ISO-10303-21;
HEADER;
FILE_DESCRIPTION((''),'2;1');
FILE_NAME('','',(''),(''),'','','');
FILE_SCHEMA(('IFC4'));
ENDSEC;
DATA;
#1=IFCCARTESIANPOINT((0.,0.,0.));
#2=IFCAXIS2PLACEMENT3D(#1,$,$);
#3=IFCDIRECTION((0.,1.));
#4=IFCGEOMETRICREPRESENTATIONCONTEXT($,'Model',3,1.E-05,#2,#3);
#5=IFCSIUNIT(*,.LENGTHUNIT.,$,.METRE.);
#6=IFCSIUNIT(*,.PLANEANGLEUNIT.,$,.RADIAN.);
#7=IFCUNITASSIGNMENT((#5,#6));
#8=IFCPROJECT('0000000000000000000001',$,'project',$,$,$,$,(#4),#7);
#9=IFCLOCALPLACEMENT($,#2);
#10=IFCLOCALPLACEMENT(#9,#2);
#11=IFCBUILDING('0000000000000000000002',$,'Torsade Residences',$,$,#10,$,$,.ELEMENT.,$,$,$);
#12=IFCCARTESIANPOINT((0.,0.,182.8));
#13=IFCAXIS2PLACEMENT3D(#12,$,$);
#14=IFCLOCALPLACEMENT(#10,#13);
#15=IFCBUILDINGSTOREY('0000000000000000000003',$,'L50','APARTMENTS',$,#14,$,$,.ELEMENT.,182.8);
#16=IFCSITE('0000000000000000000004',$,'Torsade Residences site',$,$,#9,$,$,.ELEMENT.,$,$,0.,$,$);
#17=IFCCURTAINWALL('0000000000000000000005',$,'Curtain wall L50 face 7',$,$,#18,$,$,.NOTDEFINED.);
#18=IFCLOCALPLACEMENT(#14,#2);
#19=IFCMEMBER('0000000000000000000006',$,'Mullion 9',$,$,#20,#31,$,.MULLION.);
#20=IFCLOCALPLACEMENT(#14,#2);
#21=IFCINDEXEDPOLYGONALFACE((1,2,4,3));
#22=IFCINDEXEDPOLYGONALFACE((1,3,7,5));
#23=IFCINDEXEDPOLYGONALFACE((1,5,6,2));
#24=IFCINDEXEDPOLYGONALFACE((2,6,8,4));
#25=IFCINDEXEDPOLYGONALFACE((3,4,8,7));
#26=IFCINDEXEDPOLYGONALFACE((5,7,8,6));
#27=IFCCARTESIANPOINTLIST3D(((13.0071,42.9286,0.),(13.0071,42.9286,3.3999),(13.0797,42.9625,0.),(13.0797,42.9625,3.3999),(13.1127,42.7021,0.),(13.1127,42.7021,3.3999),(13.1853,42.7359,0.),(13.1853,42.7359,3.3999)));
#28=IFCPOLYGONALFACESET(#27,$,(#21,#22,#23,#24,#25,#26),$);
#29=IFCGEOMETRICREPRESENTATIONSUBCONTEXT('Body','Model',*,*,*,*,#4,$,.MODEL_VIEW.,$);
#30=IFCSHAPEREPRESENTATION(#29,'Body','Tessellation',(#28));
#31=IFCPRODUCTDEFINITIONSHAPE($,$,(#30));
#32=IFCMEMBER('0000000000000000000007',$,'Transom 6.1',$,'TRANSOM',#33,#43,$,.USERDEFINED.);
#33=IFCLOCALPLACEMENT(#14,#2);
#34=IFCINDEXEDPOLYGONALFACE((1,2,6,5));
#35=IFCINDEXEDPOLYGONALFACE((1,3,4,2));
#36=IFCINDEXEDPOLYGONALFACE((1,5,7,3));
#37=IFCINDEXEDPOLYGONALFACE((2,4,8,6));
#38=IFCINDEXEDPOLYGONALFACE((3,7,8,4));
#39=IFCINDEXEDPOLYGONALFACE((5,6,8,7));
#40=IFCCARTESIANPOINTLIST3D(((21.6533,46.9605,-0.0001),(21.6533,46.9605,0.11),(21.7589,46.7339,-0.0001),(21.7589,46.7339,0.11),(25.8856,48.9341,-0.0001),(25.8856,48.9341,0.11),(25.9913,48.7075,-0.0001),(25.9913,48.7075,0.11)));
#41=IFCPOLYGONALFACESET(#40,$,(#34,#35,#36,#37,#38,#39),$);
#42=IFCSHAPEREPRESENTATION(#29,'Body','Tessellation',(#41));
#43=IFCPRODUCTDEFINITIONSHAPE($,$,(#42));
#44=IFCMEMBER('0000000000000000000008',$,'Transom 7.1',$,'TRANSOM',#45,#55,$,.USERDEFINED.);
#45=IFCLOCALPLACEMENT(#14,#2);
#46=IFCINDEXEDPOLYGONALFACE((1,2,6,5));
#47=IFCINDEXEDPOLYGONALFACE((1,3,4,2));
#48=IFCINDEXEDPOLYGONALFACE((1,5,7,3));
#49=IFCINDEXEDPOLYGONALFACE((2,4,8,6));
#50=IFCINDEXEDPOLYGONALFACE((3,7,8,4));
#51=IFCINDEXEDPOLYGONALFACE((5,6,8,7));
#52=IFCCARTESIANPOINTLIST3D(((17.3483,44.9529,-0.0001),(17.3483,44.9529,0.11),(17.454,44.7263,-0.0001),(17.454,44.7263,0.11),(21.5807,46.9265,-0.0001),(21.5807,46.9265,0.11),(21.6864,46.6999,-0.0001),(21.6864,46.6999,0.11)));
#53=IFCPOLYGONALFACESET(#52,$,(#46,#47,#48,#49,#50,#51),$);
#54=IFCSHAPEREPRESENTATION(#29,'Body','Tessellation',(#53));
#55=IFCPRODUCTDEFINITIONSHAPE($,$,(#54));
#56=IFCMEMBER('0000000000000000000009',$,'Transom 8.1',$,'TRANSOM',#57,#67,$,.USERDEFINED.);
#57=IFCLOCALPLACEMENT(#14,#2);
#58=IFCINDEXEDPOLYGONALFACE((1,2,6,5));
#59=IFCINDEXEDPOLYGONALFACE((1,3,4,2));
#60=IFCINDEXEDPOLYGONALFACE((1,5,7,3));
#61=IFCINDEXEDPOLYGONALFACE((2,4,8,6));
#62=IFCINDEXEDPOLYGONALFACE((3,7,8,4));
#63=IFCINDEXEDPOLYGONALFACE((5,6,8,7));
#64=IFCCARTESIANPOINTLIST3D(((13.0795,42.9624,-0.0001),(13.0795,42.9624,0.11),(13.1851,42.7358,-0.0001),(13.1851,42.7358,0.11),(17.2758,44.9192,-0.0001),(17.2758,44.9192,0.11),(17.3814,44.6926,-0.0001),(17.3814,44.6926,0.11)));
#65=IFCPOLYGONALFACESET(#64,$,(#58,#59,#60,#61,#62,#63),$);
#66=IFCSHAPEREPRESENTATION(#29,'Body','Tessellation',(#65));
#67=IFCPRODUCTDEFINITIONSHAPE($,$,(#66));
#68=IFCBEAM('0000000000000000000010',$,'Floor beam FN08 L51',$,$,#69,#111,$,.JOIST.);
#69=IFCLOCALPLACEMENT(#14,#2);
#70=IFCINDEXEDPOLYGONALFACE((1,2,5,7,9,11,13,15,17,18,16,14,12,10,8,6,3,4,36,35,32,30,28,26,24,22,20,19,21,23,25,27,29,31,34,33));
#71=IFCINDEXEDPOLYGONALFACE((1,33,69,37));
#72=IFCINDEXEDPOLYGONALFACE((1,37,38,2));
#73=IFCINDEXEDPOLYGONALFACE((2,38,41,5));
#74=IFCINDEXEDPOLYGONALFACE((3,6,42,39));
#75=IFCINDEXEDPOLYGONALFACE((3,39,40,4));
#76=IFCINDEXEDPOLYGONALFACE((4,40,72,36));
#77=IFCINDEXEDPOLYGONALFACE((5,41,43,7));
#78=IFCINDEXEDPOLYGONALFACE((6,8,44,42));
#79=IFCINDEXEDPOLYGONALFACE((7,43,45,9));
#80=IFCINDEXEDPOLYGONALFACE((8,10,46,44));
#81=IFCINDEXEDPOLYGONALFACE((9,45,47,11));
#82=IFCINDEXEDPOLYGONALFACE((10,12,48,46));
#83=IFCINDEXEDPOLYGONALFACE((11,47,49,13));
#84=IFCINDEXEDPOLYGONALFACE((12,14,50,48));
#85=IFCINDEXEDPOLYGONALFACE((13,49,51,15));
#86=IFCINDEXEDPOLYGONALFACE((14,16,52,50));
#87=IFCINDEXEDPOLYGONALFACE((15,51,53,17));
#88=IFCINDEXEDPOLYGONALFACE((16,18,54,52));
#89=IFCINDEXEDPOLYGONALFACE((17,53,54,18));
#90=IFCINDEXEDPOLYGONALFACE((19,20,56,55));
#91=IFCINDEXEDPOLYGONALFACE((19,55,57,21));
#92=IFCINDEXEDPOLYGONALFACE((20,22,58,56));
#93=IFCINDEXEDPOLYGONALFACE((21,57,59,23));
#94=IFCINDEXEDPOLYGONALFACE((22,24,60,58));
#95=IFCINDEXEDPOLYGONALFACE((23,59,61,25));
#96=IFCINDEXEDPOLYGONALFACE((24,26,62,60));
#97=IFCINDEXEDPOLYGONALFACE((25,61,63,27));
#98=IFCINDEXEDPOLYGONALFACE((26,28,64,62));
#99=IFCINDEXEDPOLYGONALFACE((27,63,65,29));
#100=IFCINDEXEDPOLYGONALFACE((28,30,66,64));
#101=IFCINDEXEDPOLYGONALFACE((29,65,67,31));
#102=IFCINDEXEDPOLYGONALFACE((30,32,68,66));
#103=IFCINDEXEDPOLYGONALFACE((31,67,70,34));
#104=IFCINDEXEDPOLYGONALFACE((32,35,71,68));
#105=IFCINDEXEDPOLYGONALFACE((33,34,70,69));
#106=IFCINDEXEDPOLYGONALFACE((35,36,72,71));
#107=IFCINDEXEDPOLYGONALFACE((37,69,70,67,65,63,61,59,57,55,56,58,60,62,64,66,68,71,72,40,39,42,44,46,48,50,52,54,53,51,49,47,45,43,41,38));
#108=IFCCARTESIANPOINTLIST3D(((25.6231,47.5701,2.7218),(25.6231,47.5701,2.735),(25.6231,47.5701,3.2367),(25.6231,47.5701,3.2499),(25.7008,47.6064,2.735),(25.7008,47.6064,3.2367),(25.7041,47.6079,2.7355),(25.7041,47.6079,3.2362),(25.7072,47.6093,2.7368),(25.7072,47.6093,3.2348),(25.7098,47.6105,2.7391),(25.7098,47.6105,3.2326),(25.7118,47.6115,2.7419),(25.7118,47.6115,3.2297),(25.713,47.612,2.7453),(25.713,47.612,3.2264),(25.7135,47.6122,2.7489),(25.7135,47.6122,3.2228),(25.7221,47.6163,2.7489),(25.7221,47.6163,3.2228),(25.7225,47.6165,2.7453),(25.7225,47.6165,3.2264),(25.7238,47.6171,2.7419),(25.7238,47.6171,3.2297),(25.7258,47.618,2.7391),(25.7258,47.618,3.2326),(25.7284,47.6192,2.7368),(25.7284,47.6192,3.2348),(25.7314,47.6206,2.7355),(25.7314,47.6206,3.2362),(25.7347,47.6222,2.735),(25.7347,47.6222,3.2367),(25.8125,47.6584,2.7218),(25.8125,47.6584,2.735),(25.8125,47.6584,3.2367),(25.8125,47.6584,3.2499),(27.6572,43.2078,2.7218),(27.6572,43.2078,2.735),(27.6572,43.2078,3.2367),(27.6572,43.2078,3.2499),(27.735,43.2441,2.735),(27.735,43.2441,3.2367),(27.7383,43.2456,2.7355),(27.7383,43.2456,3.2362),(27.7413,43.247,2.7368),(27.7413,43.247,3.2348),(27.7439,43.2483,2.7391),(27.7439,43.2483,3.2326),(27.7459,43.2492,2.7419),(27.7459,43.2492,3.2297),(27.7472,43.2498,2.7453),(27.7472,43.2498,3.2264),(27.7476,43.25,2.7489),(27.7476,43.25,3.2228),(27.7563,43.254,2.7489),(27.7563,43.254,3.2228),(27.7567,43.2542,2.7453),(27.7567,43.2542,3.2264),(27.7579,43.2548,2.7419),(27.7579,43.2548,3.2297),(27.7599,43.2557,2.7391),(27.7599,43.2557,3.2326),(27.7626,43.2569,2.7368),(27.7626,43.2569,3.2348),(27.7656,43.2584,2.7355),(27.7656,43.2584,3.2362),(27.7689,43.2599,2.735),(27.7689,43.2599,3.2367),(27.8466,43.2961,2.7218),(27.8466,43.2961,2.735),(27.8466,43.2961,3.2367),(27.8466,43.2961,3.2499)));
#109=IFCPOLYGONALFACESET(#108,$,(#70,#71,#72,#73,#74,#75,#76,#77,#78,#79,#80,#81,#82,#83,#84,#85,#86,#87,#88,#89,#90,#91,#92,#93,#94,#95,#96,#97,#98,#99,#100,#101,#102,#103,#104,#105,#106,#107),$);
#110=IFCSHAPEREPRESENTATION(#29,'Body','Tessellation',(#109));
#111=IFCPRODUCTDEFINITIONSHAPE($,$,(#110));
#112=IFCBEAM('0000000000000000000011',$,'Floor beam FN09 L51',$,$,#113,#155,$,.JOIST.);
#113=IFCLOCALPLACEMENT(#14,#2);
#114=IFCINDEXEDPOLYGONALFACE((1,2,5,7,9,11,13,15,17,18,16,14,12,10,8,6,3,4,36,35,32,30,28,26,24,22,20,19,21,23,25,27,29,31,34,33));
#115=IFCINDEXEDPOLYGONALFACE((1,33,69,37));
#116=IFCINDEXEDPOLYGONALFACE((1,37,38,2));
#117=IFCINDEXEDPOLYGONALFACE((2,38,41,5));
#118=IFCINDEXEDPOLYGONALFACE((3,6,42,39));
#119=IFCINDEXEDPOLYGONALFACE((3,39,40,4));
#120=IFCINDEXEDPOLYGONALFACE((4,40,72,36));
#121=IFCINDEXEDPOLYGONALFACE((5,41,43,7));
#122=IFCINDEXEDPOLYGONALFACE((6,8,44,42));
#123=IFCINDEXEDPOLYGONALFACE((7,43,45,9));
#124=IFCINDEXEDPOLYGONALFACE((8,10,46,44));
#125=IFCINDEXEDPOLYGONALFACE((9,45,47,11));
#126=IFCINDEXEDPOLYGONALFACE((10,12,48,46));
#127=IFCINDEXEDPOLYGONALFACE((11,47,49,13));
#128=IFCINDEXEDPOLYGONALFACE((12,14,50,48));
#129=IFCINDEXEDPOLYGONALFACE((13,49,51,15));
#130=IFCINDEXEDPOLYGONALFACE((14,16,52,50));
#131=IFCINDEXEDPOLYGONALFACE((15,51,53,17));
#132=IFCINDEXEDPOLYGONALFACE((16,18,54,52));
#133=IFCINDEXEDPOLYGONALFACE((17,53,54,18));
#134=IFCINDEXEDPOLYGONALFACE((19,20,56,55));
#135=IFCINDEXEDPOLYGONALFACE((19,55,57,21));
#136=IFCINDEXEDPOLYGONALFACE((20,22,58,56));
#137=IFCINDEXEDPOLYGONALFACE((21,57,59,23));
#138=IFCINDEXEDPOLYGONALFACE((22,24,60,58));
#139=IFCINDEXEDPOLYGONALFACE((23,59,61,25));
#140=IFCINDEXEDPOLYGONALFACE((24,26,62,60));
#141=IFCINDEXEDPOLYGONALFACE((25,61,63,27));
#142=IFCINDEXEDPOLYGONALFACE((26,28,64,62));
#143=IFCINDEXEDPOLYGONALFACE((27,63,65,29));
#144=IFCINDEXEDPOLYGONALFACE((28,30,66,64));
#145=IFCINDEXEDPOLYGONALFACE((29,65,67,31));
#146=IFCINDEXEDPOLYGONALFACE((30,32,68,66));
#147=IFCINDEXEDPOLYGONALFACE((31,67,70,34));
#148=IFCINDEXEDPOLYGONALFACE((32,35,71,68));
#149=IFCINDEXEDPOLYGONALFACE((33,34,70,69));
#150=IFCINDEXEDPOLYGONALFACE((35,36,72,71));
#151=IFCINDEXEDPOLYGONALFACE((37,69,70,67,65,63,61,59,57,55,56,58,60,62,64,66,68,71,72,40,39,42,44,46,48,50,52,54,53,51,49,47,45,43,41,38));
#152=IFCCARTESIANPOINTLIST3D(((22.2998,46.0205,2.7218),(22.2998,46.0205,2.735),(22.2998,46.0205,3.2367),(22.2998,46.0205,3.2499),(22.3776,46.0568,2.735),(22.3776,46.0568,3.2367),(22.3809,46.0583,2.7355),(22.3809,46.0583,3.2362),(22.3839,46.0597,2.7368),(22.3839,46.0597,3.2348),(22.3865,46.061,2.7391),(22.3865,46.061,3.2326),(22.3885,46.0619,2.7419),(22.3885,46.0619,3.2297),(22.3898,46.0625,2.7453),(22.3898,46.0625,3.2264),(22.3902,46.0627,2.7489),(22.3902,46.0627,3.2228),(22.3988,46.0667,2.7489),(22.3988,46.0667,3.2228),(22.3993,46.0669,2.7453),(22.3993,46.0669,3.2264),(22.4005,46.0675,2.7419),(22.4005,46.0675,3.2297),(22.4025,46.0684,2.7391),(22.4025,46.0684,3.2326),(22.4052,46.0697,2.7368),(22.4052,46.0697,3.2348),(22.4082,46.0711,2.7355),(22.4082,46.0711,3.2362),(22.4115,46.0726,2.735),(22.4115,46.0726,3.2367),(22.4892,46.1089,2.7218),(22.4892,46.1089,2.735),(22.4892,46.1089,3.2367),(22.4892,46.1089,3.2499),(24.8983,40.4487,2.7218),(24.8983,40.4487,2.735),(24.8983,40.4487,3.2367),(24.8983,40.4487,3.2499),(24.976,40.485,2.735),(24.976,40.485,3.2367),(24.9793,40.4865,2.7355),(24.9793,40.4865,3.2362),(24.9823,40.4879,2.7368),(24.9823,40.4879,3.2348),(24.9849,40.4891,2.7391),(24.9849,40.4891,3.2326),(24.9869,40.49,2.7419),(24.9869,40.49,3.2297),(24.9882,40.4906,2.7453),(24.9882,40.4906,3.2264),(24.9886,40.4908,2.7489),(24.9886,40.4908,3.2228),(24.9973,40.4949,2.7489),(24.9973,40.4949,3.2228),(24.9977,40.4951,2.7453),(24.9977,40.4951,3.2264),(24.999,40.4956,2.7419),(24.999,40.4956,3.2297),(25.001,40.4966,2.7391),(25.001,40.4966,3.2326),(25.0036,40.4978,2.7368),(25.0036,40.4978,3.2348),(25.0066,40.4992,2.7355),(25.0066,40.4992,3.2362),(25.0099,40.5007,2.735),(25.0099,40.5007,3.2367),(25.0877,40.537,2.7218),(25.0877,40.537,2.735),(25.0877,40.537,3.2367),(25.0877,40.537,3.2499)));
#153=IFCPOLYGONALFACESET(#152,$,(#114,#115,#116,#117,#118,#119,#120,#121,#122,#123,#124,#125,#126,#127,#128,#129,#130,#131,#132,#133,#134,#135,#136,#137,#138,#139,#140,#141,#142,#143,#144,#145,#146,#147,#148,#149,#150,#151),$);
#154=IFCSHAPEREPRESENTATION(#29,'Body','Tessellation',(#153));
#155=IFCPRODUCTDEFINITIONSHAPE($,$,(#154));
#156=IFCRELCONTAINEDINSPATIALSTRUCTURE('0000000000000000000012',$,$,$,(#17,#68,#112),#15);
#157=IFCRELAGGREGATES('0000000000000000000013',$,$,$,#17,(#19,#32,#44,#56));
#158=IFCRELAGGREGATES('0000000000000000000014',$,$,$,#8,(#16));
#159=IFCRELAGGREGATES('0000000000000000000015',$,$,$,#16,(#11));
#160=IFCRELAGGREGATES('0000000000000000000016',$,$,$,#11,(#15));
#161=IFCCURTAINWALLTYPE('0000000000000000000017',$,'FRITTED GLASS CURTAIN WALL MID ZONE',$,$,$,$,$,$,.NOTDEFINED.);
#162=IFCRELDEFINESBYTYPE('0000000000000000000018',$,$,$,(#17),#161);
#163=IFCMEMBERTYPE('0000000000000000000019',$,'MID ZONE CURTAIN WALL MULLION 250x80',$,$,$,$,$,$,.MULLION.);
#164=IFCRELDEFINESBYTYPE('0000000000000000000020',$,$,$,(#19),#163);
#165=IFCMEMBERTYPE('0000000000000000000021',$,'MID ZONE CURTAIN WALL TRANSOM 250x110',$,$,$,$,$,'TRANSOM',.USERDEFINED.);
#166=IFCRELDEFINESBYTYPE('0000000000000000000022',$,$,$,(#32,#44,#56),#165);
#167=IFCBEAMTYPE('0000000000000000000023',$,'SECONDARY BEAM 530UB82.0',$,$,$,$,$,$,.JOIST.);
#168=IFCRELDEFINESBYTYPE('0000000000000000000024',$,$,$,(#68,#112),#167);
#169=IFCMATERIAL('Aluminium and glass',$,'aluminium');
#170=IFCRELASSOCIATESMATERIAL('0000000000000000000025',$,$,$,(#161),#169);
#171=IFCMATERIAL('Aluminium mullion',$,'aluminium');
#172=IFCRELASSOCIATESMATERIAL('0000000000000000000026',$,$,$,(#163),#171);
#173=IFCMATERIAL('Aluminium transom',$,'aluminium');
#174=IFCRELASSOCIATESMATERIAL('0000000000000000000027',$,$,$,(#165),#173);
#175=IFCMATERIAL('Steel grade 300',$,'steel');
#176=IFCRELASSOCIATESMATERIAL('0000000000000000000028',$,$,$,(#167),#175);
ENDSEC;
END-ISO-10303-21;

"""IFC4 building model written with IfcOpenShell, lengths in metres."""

from ifc_helpers import new_model, si_unit, direction, frame, origin, origin_2d, place, context, subcontext, project, spatial, rectangle, i_section, extrude, material, material_profile, profile_set, type_object, element, aggregate, save


model = new_model("IFC4")

# Units and contexts
model_context = context("Model", 3, precision=1e-05, world=origin(), true_north=direction((0.0, 1.0)))
body_context = subcontext(model_context, "Body", "Model", "MODEL_VIEW")
ifc_project = project(units=[si_unit("LENGTHUNIT", "METRE"), si_unit("PLANEANGLEUNIT", "RADIAN")], contexts=[model_context])

# Site, building, storey
site_placement = place(None, origin())
site = spatial("IfcSite", under=ifc_project, at=site_placement, Name="Torsade Residences site", CompositionType="ELEMENT", RefElevation=0.0)
building_placement = place(site_placement, origin())
building = spatial("IfcBuilding", under=site, at=building_placement, Name="Torsade Residences", CompositionType="ELEMENT")
storey_placement = place(building_placement, frame((0.0, 0.0, 182.8)))
storey = spatial("IfcBuildingStorey", under=building, at=storey_placement, Name="L50", Description="APARTMENTS", CompositionType="ELEMENT", Elevation=182.8)

# Curtain wall, members
ifc_material_1 = material(Name="Aluminium and glass", Category="aluminium")
curtain_wall_type = type_object("IfcCurtainWallType", Name="FRITTED GLASS CURTAIN WALL MID ZONE", PredefinedType="NOTDEFINED", material=ifc_material_1)
curtain_wall_placement = place(storey_placement, origin())
curtain_wall = element("IfcCurtainWall", 1, at=curtain_wall_placement, inside=storey, type_object=curtain_wall_type, Name="Curtain wall L50 face 7", PredefinedType="NOTDEFINED")
ifc_material_2 = material(Name="Aluminium mullion", Category="aluminium")
ifc_material_profile_1 = material_profile(ifc_material_2, rectangle(XDim=0.25, YDim=0.0801, at=origin_2d()), Name="MID ZONE CURTAIN WALL MULLION 250x80")
ifc_profile_set_1 = profile_set([ifc_material_profile_1], Name="Aluminium mullion")
member_type_1 = type_object("IfcMemberType", Name="MID ZONE CURTAIN WALL MULLION 250x80", PredefinedType="MULLION", material=ifc_profile_set_1)
member_1_placement = place(storey_placement, frame((13.0962, 42.8323, 0.0), z_axis=(0.0, 0.0, 1.0), x_axis=(0.422618, -0.906308, 0.0)))
member_1 = element("IfcMember", 2, at=member_1_placement, type_object=member_type_1, Name="Mullion 9", PredefinedType="MULLION", context=body_context, shape_type="SweptSolid", body=[
    extrude(rectangle(XDim=0.25, YDim=0.0801, at=origin_2d()), origin(), (0.0, 0.0, 1.0), 3.3999),
])
ifc_material_3 = material(Name="Aluminium transom", Category="aluminium")
ifc_material_profile_2 = material_profile(ifc_material_3, rectangle(XDim=0.25, YDim=0.1101, at=origin_2d()), Name="MID ZONE CURTAIN WALL TRANSOM 250x110")
ifc_profile_set_2 = profile_set([ifc_material_profile_2], Name="Aluminium transom")
member_type_2 = type_object("IfcMemberType", Name="MID ZONE CURTAIN WALL TRANSOM 250x110", ElementType="TRANSOM", PredefinedType="USERDEFINED", material=ifc_profile_set_2)
member_2_placement = place(storey_placement, frame((25.9385, 48.8208, 0.0549), z_axis=(-0.906306, -0.422622, 0.0), x_axis=(0.422622, -0.906306, 0.0)))
member_2 = element("IfcMember", 3, at=member_2_placement, type_object=member_type_2, Name="Transom 6.1", ObjectType="TRANSOM", PredefinedType="USERDEFINED", context=body_context, shape_type="SweptSolid", body=[
    extrude(rectangle(XDim=0.25, YDim=0.1101, at=origin_2d()), origin(), (0.0, 0.0, 1.0), 4.6699),
])
member_3_placement = place(storey_placement, frame((21.6335, 46.8132, 0.0549), z_axis=(-0.906306, -0.422622, 0.0), x_axis=(0.422622, -0.906306, 0.0)))
member_3 = element("IfcMember", 4, at=member_3_placement, type_object=member_type_2, Name="Transom 7.1", ObjectType="TRANSOM", PredefinedType="USERDEFINED", context=body_context, shape_type="SweptSolid", body=[
    extrude(rectangle(XDim=0.25, YDim=0.1101, at=origin_2d()), origin(), (0.0, 0.0, 1.0), 4.6699),
])
member_4_placement = place(storey_placement, frame((17.3286, 44.8059, 0.0549), z_axis=(-0.906306, -0.422623, 0.0), x_axis=(0.422623, -0.906306, 0.0)))
member_4 = element("IfcMember", 5, at=member_4_placement, type_object=member_type_2, Name="Transom 8.1", ObjectType="TRANSOM", PredefinedType="USERDEFINED", context=body_context, shape_type="SweptSolid", body=[
    extrude(rectangle(XDim=0.25, YDim=0.1101, at=origin_2d()), origin(), (0.0, 0.0, 1.0), 4.6301),
])

# Beams
ifc_material_4 = material(Name="Steel grade 300", Category="steel")
ifc_material_profile_3 = material_profile(ifc_material_4, i_section(OverallWidth=0.209, OverallDepth=0.5281, WebThickness=0.0095, FlangeThickness=0.0132, FilletRadius=0.0139, at=origin_2d()), Name="530UB82.0")
ifc_profile_set_3 = profile_set([ifc_material_profile_3], Name="Steel grade 300")
beam_type_1 = type_object("IfcBeamType", Name="SECONDARY BEAM 530UB82.0", PredefinedType="JOIST", material=ifc_profile_set_3)
beam_1_placement = place(storey_placement, frame((25.7178, 47.6143, 2.9858), z_axis=(0.422619, -0.906308, 0.0), x_axis=(0.906308, 0.422619, 0.0)))
element("IfcBeam", 6, at=beam_1_placement, inside=storey, type_object=beam_type_1, Name="Floor beam FN08 L51", PredefinedType="JOIST", context=body_context, shape_type="SweptSolid", body=[
    extrude(i_section(OverallWidth=0.209, OverallDepth=0.5281, WebThickness=0.0095, FlangeThickness=0.0132, FilletRadius=0.0139, at=origin_2d()), origin(), (0.0, 0.0, 1.0), 4.8132),
])
beam_2_placement = place(storey_placement, frame((22.3945, 46.0647, 2.9858), z_axis=(0.422648, -0.906294, 0.0), x_axis=(0.906294, 0.422648, 0.0)))
element("IfcBeam", 7, at=beam_2_placement, inside=storey, type_object=beam_type_1, Name="Floor beam FN09 L51", PredefinedType="JOIST", context=body_context, shape_type="SweptSolid", body=[
    extrude(i_section(OverallWidth=0.209, OverallDepth=0.5281, WebThickness=0.0095, FlangeThickness=0.0132, FilletRadius=0.0139, at=origin_2d()), origin(), (0.0, 0.0, 1.0), 6.1479),
])

aggregate(curtain_wall, [member_1, member_2, member_3, member_4])

save(model, "model.ifc")
